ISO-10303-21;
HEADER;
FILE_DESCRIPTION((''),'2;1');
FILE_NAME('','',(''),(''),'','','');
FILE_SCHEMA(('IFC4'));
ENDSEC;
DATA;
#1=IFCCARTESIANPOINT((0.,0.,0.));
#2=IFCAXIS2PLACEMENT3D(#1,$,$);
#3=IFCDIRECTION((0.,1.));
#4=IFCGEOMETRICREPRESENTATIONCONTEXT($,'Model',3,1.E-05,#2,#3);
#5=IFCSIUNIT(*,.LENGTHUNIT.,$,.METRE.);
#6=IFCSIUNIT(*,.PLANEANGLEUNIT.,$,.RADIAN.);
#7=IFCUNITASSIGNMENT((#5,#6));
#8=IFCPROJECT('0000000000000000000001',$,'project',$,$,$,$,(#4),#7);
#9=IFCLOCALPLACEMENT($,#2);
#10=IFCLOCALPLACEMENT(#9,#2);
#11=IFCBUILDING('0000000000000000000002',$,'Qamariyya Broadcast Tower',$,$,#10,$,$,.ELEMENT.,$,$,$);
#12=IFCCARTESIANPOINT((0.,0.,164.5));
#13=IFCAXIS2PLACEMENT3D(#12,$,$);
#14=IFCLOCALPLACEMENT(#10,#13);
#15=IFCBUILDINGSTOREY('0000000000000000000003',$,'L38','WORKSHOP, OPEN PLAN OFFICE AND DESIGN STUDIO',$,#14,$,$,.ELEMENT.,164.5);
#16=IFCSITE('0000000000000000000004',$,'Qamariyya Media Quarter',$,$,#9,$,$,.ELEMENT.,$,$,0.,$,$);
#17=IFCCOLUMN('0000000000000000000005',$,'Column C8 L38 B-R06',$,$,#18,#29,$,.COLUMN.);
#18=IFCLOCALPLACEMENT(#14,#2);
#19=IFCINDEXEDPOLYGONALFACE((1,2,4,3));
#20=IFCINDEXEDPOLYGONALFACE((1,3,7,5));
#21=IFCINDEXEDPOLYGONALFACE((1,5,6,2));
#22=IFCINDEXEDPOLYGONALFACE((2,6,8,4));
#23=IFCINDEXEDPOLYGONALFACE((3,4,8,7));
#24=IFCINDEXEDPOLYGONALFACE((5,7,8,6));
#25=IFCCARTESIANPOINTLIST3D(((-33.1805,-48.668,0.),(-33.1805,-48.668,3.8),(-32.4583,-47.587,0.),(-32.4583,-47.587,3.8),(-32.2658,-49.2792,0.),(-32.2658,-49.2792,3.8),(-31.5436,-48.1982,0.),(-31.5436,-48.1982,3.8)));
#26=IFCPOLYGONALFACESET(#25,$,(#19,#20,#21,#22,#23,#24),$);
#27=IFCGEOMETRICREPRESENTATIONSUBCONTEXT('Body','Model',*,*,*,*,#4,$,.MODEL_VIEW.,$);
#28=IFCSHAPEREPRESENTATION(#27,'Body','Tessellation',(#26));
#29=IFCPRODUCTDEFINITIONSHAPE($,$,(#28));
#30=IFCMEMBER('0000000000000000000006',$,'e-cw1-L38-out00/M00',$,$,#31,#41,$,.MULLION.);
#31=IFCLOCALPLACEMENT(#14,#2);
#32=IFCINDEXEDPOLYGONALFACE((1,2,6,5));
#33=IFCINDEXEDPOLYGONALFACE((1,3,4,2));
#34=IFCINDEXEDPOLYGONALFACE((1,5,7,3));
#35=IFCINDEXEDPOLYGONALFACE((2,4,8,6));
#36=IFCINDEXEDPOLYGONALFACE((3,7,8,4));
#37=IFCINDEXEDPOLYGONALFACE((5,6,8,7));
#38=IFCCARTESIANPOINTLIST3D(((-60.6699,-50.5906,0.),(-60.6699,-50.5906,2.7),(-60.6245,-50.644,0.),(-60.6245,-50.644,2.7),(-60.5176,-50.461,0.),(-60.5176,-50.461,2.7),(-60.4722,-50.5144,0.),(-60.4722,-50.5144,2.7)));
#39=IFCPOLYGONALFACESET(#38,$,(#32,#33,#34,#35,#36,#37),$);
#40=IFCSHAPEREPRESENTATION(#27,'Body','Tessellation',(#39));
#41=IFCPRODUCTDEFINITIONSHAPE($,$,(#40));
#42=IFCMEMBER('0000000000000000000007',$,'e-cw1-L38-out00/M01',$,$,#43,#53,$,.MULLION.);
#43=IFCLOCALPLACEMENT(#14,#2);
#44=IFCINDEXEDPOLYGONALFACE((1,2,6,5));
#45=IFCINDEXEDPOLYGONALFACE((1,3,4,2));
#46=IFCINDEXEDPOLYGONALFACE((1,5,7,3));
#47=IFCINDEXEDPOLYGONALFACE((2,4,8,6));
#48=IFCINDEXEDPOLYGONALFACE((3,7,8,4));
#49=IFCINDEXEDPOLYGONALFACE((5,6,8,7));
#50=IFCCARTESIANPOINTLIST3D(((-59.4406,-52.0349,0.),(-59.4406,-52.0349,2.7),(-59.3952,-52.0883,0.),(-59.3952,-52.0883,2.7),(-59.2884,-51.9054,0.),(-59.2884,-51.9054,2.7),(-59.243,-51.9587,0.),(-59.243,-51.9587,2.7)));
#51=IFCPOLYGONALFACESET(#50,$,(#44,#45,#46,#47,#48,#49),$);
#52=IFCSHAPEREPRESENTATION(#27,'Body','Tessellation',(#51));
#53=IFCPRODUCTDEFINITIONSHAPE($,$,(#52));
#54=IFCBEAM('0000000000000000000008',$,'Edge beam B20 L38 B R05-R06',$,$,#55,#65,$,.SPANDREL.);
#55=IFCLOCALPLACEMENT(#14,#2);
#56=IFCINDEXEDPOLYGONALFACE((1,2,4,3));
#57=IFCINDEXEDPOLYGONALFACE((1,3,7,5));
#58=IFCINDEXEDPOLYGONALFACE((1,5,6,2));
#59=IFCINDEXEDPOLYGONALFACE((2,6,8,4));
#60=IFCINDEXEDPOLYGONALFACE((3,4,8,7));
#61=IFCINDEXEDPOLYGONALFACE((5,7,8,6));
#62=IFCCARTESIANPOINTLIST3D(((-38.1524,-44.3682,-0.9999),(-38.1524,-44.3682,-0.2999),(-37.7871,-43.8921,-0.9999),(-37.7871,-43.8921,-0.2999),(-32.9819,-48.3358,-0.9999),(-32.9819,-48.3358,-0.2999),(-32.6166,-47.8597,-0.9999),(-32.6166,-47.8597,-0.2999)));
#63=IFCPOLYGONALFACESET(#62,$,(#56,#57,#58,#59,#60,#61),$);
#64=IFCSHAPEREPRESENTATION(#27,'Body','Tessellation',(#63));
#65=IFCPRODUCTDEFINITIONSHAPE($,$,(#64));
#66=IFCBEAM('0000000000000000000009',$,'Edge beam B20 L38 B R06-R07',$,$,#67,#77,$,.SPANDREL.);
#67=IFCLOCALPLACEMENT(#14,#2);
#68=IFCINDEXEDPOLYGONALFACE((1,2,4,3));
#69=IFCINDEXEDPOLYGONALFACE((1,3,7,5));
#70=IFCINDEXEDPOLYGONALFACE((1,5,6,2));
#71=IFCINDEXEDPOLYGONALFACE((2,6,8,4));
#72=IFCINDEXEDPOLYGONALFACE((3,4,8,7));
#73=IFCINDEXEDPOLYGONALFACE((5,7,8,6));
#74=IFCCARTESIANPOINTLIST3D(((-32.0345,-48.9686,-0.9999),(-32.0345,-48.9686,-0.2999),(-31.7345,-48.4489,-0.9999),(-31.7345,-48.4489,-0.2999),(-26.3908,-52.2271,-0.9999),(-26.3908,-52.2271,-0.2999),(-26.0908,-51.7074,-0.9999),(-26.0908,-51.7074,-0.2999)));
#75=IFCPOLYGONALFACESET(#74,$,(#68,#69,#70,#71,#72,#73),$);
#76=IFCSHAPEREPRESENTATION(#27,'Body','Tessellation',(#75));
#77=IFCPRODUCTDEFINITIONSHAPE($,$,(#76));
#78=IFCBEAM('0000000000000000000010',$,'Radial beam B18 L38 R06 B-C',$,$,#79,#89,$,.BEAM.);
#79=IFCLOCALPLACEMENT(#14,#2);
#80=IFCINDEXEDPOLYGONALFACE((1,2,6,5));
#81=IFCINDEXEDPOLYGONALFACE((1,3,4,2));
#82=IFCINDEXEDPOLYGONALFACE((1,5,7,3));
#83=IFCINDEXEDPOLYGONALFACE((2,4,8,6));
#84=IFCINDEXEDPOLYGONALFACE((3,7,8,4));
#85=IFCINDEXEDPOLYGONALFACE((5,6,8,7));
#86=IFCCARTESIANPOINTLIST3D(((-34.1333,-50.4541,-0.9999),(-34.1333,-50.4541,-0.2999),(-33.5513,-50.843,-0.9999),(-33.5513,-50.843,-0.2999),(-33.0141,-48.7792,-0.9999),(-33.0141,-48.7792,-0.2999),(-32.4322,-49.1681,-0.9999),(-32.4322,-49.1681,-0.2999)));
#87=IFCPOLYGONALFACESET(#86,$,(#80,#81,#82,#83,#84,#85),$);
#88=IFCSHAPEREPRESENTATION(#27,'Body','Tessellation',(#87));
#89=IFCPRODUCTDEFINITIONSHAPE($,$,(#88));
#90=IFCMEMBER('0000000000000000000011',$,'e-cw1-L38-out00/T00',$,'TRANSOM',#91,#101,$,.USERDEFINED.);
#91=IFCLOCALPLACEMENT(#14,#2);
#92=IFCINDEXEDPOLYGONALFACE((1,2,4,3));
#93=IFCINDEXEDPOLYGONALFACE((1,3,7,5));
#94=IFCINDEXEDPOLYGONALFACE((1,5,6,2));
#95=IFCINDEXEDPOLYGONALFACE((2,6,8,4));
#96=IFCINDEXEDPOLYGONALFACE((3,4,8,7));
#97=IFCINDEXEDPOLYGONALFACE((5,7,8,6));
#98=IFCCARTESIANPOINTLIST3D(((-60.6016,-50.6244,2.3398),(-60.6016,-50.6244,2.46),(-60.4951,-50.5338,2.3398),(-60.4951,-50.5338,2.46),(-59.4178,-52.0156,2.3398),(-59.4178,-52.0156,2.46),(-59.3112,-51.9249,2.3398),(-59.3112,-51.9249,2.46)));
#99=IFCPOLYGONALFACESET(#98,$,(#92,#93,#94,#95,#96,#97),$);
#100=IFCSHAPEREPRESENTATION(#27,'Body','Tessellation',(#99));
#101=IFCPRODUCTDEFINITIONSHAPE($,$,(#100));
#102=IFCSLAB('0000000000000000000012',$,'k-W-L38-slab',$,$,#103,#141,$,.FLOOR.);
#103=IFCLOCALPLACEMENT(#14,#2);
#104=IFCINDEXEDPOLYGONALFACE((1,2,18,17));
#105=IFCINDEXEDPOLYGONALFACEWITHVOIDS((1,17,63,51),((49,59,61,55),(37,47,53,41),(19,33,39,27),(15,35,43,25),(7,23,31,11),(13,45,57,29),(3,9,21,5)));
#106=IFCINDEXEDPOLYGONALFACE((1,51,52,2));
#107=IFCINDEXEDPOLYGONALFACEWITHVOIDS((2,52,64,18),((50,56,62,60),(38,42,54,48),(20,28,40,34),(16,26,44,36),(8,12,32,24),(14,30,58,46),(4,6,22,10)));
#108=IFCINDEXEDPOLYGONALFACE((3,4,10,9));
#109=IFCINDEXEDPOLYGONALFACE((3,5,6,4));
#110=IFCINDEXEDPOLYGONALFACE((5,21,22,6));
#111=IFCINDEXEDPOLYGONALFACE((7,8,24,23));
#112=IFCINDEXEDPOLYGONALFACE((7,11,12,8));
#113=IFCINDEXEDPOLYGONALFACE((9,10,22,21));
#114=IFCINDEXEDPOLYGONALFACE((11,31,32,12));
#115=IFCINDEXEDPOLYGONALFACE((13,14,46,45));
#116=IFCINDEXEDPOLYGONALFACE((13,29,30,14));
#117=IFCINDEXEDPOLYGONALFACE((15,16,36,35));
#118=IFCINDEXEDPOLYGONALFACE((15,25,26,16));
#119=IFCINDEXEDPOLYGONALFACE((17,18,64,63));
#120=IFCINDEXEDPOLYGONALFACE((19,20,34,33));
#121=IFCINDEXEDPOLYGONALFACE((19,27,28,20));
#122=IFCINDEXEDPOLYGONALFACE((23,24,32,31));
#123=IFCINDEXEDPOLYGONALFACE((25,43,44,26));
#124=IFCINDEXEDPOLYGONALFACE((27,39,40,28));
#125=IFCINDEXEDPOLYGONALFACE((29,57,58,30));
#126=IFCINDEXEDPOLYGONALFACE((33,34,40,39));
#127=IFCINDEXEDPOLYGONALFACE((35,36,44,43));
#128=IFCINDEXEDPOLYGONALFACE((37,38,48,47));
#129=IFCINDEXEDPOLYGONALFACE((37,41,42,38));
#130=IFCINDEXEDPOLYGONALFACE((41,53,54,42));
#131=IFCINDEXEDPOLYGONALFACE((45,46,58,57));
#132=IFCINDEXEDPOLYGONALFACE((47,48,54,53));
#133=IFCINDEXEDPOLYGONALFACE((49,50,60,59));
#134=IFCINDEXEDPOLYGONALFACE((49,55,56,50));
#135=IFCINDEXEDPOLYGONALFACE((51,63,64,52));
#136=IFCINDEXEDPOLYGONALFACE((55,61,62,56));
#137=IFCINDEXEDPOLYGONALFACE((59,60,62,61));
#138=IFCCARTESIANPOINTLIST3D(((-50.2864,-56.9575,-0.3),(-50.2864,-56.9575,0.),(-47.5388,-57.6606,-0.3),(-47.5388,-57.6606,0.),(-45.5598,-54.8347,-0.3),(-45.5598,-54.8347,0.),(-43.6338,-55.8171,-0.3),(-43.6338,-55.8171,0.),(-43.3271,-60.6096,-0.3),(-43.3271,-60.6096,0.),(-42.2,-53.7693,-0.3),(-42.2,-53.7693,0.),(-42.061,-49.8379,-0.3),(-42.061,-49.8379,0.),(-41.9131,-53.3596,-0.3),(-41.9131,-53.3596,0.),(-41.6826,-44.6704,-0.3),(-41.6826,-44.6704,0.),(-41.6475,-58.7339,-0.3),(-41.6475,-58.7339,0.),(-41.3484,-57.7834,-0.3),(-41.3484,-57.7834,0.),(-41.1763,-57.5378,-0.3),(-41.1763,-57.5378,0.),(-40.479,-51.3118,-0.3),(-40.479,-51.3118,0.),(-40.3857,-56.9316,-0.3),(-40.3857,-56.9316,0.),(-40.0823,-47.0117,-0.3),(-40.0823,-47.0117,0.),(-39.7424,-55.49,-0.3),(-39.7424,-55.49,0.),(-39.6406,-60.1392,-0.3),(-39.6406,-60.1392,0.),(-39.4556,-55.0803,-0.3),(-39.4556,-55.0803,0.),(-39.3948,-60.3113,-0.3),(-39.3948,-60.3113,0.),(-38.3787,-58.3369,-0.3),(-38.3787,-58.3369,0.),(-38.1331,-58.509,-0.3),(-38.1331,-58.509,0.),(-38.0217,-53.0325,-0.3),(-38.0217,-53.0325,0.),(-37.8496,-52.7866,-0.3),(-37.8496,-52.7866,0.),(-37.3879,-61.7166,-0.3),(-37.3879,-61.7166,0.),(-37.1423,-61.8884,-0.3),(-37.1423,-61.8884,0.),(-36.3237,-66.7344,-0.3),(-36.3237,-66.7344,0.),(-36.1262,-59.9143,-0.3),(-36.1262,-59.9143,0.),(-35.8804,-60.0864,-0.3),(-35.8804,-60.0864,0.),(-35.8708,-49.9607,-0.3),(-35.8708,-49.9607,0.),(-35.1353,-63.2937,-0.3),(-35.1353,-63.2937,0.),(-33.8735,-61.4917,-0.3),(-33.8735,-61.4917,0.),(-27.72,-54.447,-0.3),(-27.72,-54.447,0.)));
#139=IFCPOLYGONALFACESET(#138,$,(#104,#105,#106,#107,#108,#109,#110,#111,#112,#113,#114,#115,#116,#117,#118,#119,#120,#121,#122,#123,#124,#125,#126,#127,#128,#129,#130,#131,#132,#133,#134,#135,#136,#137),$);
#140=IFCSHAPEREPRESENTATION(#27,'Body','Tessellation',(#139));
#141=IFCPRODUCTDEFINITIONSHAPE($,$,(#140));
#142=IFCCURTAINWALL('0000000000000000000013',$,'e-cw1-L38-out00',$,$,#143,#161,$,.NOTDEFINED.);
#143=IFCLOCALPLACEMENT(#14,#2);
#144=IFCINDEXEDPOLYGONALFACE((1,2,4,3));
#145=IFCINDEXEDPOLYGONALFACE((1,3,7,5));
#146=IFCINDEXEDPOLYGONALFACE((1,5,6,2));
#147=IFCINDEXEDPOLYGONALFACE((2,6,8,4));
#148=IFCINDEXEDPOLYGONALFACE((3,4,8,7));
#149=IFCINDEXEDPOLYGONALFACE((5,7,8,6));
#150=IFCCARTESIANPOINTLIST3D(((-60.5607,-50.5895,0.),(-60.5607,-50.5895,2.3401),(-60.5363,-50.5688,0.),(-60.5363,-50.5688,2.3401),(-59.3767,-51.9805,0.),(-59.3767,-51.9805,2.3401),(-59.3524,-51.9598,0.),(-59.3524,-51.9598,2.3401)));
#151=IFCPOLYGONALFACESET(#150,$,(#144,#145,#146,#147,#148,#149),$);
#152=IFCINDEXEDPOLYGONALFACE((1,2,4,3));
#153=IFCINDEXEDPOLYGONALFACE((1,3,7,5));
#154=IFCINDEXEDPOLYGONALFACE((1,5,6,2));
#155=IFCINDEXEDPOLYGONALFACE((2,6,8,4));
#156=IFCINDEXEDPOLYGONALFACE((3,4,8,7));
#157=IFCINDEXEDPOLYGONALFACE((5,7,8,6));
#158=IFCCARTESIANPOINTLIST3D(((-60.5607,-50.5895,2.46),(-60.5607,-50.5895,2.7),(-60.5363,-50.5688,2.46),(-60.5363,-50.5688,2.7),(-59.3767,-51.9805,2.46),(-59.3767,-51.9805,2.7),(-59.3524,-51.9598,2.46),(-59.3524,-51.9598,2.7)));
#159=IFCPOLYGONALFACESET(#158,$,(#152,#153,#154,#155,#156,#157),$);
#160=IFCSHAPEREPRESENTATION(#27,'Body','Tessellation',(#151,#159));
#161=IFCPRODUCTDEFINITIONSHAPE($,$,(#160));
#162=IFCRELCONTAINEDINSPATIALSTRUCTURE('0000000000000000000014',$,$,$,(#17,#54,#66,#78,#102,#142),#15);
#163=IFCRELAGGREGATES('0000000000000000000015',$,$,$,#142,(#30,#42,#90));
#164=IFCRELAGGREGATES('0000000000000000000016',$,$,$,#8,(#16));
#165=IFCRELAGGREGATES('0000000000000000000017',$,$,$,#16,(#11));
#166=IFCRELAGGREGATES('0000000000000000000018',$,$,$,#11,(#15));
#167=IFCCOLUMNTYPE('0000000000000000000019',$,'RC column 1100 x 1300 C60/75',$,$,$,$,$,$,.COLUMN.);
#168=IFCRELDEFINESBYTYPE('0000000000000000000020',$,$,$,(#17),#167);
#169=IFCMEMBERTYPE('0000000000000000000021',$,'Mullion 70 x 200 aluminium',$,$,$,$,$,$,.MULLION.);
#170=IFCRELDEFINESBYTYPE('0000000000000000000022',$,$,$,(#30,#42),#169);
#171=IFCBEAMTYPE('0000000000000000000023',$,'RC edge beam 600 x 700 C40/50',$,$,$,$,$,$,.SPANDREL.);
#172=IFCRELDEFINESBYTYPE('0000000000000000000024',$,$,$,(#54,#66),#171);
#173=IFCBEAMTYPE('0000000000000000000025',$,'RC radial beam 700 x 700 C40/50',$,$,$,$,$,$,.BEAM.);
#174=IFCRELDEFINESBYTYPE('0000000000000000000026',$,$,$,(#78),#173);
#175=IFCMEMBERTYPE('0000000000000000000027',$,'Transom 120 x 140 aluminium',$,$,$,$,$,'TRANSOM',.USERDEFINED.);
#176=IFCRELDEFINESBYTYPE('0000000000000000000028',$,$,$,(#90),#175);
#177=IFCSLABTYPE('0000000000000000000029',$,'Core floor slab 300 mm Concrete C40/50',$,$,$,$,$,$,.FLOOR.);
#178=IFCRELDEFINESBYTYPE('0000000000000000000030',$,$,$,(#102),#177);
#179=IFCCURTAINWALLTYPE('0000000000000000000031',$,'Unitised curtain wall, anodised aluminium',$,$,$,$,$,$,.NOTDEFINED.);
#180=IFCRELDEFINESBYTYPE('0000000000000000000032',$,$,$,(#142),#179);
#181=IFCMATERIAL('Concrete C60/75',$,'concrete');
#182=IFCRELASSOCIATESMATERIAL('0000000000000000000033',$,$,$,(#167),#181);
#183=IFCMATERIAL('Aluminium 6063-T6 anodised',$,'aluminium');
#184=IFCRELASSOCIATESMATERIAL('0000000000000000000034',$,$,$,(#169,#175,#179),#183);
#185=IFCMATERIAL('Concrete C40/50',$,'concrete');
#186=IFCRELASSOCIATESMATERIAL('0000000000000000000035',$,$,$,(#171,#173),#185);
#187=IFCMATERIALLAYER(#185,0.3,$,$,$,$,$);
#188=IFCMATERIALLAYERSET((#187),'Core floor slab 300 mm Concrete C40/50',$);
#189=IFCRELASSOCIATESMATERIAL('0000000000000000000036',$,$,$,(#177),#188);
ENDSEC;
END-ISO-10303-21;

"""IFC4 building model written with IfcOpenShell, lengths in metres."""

from ifc_helpers import new_model, si_unit, direction, frame, origin, origin_2d, place, context, subcontext, project, spatial, polyline, rectangle, outline, extrude, material, layer, layer_set, material_profile, profile_set, type_object, element, aggregate, save


model = new_model("IFC4")

# Units and contexts
model_context = context("Model", 3, precision=1e-05, world=origin(), true_north=direction((0.0, 1.0)))
body_context = subcontext(model_context, "Body", "Model", "MODEL_VIEW")
ifc_project = project(units=[si_unit("LENGTHUNIT", "METRE"), si_unit("PLANEANGLEUNIT", "RADIAN")], contexts=[model_context])

# Site, building, storey
site_placement = place(None, origin())
site = spatial("IfcSite", under=ifc_project, at=site_placement, Name="Qamariyya Media Quarter", CompositionType="ELEMENT", RefElevation=0.0)
building_placement = place(site_placement, origin())
building = spatial("IfcBuilding", under=site, at=building_placement, Name="Qamariyya Broadcast Tower", CompositionType="ELEMENT")
storey_placement = place(building_placement, frame((0.0, 0.0, 164.5)))
storey = spatial("IfcBuildingStorey", under=building, at=storey_placement, Name="L38", Description="WORKSHOP, OPEN PLAN OFFICE AND DESIGN STUDIO", CompositionType="ELEMENT", Elevation=164.5)

# Column
ifc_material_1 = material(Name="Concrete C60/75", Category="concrete")
ifc_material_profile_1 = material_profile(ifc_material_1, rectangle(XDim=1.1001, YDim=1.3, at=origin_2d()))
ifc_profile_set_1 = profile_set([ifc_material_profile_1], Name="Concrete C60/75")
column_type = type_object("IfcColumnType", Name="RC column 1100 x 1300 C60/75", PredefinedType="COLUMN", material=ifc_profile_set_1)
column_placement = place(storey_placement, frame((-32.3621, -48.4331, 0.0), z_axis=(0.0, 0.0, 1.0), x_axis=(0.83147, -0.55557, 0.0)))
element("IfcColumn", 1, at=column_placement, inside=storey, type_object=column_type, Name="Column C8 L38 B-R06", PredefinedType="COLUMN", context=body_context, shape_type="SweptSolid", body=[
    extrude(rectangle(XDim=1.1001, YDim=1.3, at=origin_2d()), origin(), (0.0, 0.0, 1.0), 3.8),
])

# Members
ifc_material_2 = material(Name="Aluminium 6063-T6 anodised", Category="aluminium")
ifc_material_profile_2 = material_profile(ifc_material_2, rectangle(XDim=0.2, YDim=0.0701, at=origin_2d()))
ifc_profile_set_2 = profile_set([ifc_material_profile_2], Name="Aluminium 6063-T6 anodised")
member_type_1 = type_object("IfcMemberType", Name="Mullion 70 x 200 aluminium", PredefinedType="MULLION", material=ifc_profile_set_2)
member_1_placement = place(storey_placement, frame((-60.571, -50.5525, 0.0), z_axis=(0.0, 0.0, 1.0), x_axis=(0.76157, 0.648083, 0.0)))
member_1 = element("IfcMember", 2, at=member_1_placement, type_object=member_type_1, Name="e-cw1-L38-out00/M00", PredefinedType="MULLION", context=body_context, shape_type="SweptSolid", body=[
    extrude(rectangle(XDim=0.2, YDim=0.0701, at=origin_2d()), origin(), (0.0, 0.0, 1.0), 2.7),
])
member_2_placement = place(storey_placement, frame((-59.3418, -51.9968, 0.0), z_axis=(0.0, 0.0, 1.0), x_axis=(0.76157, 0.648083, 0.0)))
member_2 = element("IfcMember", 3, at=member_2_placement, type_object=member_type_1, Name="e-cw1-L38-out00/M01", PredefinedType="MULLION", context=body_context, shape_type="SweptSolid", body=[
    extrude(rectangle(XDim=0.2, YDim=0.0701, at=origin_2d()), origin(), (0.0, 0.0, 1.0), 2.7),
])

# Beams
ifc_material_3 = material(Name="Concrete C40/50", Category="concrete")
ifc_material_profile_3 = material_profile(ifc_material_3, rectangle(XDim=0.6001, YDim=0.7, at=origin_2d()))
ifc_profile_set_3 = profile_set([ifc_material_profile_3], Name="Concrete C40/50")
beam_type_1 = type_object("IfcBeamType", Name="RC edge beam 600 x 700 C40/50", PredefinedType="SPANDREL", material=ifc_profile_set_3)
beam_1_placement = place(storey_placement, frame((-37.9697, -44.1301, -0.6499), z_axis=(0.793343, -0.608774, 0.0), x_axis=(0.608774, 0.793343, 0.0)))
element("IfcBeam", 4, at=beam_1_placement, inside=storey, type_object=beam_type_1, Name="Edge beam B20 L38 B R05-R06", PredefinedType="SPANDREL", context=body_context, shape_type="SweptSolid", body=[
    extrude(rectangle(XDim=0.6001, YDim=0.7, at=origin_2d()), origin(), (0.0, 0.0, 1.0), 6.5173),
])
beam_2_placement = place(storey_placement, frame((-31.8845, -48.7087, -0.6499), z_axis=(0.866019, -0.500011, 0.0), x_axis=(0.500011, 0.866019, 0.0)))
element("IfcBeam", 5, at=beam_2_placement, inside=storey, type_object=beam_type_1, Name="Edge beam B20 L38 B R06-R07", PredefinedType="SPANDREL", context=body_context, shape_type="SweptSolid", body=[
    extrude(rectangle(XDim=0.6001, YDim=0.7, at=origin_2d()), origin(), (0.0, 0.0, 1.0), 6.5168),
])
ifc_material_profile_4 = material_profile(ifc_material_3, rectangle(XDim=0.7, YDim=0.7, at=origin_2d()))
ifc_profile_set_4 = profile_set([ifc_material_profile_4], Name="Concrete C40/50")
beam_type_2 = type_object("IfcBeamType", Name="RC radial beam 700 x 700 C40/50", PredefinedType="BEAM", material=ifc_profile_set_4)
beam_3_placement = place(storey_placement, frame((-32.7231, -48.9736, -0.6499), z_axis=(-0.555595, -0.831453, 0.0), x_axis=(0.831453, -0.555595, 0.0)))
element("IfcBeam", 6, at=beam_3_placement, inside=storey, type_object=beam_type_2, Name="Radial beam B18 L38 R06 B-C", PredefinedType="BEAM", context=body_context, shape_type="SweptSolid", body=[
    extrude(rectangle(XDim=0.7, YDim=0.7, at=origin_2d()), origin(), (0.0, 0.0, 1.0), 2.0144),
])

# Member
ifc_material_profile_5 = material_profile(ifc_material_2, rectangle(XDim=0.1399, YDim=0.1201, at=origin_2d()))
ifc_profile_set_5 = profile_set([ifc_material_profile_5], Name="Aluminium 6063-T6 anodised")
member_type_2 = type_object("IfcMemberType", Name="Transom 120 x 140 aluminium", ElementType="TRANSOM", PredefinedType="USERDEFINED", material=ifc_profile_set_5)
member_3_placement = place(storey_placement, frame((-60.5483, -50.5791, 2.3999), z_axis=(0.648091, -0.761563, 0.0), x_axis=(0.761563, 0.648091, 0.0)))
member_3 = element("IfcMember", 7, at=member_3_placement, type_object=member_type_2, Name="e-cw1-L38-out00/T00", ObjectType="TRANSOM", PredefinedType="USERDEFINED", context=body_context, shape_type="SweptSolid", body=[
    extrude(rectangle(XDim=0.1399, YDim=0.1201, at=origin_2d()), origin(), (0.0, 0.0, 1.0), 1.8267),
])

# Slab
ifc_layer_1 = layer(ifc_material_3, 0.3)
ifc_layer_set_1 = layer_set([ifc_layer_1], Name="Core floor slab 300 mm Concrete C40/50")
slab_type_1 = type_object("IfcSlabType", Name="Core floor slab 300 mm Concrete C40/50", PredefinedType="FLOOR", material=ifc_layer_set_1)
slab_1_placement = place(storey_placement, frame((0.0, 0.0, -0.3)))
element("IfcSlab", 8, at=slab_1_placement, inside=storey, type_object=slab_type_1, Name="k-W-L38-slab", PredefinedType="FLOOR", context=body_context, shape_type="SweptSolid", body=[
    extrude(outline(polyline([(-50.2864, -56.9575), (-36.3237, -66.7344), (-27.72, -54.447), (-41.6826, -44.6704), (-50.2864, -56.9575)]), holes=[polyline([(-33.8735, -61.4917), (-35.8804, -60.0864), (-37.1423, -61.8884), (-35.1353, -63.2937), (-33.8735, -61.4917)]), polyline([(-36.1262, -59.9143), (-38.1331, -58.509), (-39.3948, -60.3113), (-37.3879, -61.7166), (-36.1262, -59.9143)]), polyline([(-38.3787, -58.3369), (-40.3857, -56.9316), (-41.6475, -58.7339), (-39.6406, -60.1392), (-38.3787, -58.3369)]), polyline([(-39.7424, -55.49), (-42.2, -53.7693), (-43.6338, -55.8171), (-41.1763, -57.5378), (-39.7424, -55.49)]), polyline([(-39.4556, -55.0803), (-41.9131, -53.3596), (-40.479, -51.3118), (-38.0217, -53.0325), (-39.4556, -55.0803)]), polyline([(-42.061, -49.8379), (-37.8496, -52.7866), (-35.8708, -49.9607), (-40.0823, -47.0117), (-42.061, -49.8379)]), polyline([(-47.5388, -57.6606), (-43.3271, -60.6096), (-41.3484, -57.7834), (-45.5598, -54.8347), (-47.5388, -57.6606)])]), origin(), (0.0, 0.0, 1.0), 0.3),
])

# Curtain wall
curtain_wall_type = type_object("IfcCurtainWallType", Name="Unitised curtain wall, anodised aluminium", PredefinedType="NOTDEFINED", material=ifc_material_2)
curtain_wall_placement = place(storey_placement, origin())
curtain_wall = element("IfcCurtainWall", 9, at=curtain_wall_placement, inside=storey, type_object=curtain_wall_type, Name="e-cw1-L38-out00", PredefinedType="NOTDEFINED", context=body_context, shape_type="SweptSolid", body=[
    extrude(rectangle(XDim=1.8267, YDim=0.032, at=origin_2d()), frame((-59.9565, -51.2747, 0.0), x_axis=(0.64816, -0.761504, 0.0)), (0.0, 0.0, 1.0), 2.3401),
    extrude(rectangle(XDim=1.8267, YDim=0.032, at=origin_2d()), frame((-59.9565, -51.2747, 2.46), x_axis=(0.64816, -0.761504, 0.0)), (0.0, 0.0, 1.0), 0.24),
])
aggregate(curtain_wall, [member_1, member_2, member_3])

save(model, "model.ifc")
